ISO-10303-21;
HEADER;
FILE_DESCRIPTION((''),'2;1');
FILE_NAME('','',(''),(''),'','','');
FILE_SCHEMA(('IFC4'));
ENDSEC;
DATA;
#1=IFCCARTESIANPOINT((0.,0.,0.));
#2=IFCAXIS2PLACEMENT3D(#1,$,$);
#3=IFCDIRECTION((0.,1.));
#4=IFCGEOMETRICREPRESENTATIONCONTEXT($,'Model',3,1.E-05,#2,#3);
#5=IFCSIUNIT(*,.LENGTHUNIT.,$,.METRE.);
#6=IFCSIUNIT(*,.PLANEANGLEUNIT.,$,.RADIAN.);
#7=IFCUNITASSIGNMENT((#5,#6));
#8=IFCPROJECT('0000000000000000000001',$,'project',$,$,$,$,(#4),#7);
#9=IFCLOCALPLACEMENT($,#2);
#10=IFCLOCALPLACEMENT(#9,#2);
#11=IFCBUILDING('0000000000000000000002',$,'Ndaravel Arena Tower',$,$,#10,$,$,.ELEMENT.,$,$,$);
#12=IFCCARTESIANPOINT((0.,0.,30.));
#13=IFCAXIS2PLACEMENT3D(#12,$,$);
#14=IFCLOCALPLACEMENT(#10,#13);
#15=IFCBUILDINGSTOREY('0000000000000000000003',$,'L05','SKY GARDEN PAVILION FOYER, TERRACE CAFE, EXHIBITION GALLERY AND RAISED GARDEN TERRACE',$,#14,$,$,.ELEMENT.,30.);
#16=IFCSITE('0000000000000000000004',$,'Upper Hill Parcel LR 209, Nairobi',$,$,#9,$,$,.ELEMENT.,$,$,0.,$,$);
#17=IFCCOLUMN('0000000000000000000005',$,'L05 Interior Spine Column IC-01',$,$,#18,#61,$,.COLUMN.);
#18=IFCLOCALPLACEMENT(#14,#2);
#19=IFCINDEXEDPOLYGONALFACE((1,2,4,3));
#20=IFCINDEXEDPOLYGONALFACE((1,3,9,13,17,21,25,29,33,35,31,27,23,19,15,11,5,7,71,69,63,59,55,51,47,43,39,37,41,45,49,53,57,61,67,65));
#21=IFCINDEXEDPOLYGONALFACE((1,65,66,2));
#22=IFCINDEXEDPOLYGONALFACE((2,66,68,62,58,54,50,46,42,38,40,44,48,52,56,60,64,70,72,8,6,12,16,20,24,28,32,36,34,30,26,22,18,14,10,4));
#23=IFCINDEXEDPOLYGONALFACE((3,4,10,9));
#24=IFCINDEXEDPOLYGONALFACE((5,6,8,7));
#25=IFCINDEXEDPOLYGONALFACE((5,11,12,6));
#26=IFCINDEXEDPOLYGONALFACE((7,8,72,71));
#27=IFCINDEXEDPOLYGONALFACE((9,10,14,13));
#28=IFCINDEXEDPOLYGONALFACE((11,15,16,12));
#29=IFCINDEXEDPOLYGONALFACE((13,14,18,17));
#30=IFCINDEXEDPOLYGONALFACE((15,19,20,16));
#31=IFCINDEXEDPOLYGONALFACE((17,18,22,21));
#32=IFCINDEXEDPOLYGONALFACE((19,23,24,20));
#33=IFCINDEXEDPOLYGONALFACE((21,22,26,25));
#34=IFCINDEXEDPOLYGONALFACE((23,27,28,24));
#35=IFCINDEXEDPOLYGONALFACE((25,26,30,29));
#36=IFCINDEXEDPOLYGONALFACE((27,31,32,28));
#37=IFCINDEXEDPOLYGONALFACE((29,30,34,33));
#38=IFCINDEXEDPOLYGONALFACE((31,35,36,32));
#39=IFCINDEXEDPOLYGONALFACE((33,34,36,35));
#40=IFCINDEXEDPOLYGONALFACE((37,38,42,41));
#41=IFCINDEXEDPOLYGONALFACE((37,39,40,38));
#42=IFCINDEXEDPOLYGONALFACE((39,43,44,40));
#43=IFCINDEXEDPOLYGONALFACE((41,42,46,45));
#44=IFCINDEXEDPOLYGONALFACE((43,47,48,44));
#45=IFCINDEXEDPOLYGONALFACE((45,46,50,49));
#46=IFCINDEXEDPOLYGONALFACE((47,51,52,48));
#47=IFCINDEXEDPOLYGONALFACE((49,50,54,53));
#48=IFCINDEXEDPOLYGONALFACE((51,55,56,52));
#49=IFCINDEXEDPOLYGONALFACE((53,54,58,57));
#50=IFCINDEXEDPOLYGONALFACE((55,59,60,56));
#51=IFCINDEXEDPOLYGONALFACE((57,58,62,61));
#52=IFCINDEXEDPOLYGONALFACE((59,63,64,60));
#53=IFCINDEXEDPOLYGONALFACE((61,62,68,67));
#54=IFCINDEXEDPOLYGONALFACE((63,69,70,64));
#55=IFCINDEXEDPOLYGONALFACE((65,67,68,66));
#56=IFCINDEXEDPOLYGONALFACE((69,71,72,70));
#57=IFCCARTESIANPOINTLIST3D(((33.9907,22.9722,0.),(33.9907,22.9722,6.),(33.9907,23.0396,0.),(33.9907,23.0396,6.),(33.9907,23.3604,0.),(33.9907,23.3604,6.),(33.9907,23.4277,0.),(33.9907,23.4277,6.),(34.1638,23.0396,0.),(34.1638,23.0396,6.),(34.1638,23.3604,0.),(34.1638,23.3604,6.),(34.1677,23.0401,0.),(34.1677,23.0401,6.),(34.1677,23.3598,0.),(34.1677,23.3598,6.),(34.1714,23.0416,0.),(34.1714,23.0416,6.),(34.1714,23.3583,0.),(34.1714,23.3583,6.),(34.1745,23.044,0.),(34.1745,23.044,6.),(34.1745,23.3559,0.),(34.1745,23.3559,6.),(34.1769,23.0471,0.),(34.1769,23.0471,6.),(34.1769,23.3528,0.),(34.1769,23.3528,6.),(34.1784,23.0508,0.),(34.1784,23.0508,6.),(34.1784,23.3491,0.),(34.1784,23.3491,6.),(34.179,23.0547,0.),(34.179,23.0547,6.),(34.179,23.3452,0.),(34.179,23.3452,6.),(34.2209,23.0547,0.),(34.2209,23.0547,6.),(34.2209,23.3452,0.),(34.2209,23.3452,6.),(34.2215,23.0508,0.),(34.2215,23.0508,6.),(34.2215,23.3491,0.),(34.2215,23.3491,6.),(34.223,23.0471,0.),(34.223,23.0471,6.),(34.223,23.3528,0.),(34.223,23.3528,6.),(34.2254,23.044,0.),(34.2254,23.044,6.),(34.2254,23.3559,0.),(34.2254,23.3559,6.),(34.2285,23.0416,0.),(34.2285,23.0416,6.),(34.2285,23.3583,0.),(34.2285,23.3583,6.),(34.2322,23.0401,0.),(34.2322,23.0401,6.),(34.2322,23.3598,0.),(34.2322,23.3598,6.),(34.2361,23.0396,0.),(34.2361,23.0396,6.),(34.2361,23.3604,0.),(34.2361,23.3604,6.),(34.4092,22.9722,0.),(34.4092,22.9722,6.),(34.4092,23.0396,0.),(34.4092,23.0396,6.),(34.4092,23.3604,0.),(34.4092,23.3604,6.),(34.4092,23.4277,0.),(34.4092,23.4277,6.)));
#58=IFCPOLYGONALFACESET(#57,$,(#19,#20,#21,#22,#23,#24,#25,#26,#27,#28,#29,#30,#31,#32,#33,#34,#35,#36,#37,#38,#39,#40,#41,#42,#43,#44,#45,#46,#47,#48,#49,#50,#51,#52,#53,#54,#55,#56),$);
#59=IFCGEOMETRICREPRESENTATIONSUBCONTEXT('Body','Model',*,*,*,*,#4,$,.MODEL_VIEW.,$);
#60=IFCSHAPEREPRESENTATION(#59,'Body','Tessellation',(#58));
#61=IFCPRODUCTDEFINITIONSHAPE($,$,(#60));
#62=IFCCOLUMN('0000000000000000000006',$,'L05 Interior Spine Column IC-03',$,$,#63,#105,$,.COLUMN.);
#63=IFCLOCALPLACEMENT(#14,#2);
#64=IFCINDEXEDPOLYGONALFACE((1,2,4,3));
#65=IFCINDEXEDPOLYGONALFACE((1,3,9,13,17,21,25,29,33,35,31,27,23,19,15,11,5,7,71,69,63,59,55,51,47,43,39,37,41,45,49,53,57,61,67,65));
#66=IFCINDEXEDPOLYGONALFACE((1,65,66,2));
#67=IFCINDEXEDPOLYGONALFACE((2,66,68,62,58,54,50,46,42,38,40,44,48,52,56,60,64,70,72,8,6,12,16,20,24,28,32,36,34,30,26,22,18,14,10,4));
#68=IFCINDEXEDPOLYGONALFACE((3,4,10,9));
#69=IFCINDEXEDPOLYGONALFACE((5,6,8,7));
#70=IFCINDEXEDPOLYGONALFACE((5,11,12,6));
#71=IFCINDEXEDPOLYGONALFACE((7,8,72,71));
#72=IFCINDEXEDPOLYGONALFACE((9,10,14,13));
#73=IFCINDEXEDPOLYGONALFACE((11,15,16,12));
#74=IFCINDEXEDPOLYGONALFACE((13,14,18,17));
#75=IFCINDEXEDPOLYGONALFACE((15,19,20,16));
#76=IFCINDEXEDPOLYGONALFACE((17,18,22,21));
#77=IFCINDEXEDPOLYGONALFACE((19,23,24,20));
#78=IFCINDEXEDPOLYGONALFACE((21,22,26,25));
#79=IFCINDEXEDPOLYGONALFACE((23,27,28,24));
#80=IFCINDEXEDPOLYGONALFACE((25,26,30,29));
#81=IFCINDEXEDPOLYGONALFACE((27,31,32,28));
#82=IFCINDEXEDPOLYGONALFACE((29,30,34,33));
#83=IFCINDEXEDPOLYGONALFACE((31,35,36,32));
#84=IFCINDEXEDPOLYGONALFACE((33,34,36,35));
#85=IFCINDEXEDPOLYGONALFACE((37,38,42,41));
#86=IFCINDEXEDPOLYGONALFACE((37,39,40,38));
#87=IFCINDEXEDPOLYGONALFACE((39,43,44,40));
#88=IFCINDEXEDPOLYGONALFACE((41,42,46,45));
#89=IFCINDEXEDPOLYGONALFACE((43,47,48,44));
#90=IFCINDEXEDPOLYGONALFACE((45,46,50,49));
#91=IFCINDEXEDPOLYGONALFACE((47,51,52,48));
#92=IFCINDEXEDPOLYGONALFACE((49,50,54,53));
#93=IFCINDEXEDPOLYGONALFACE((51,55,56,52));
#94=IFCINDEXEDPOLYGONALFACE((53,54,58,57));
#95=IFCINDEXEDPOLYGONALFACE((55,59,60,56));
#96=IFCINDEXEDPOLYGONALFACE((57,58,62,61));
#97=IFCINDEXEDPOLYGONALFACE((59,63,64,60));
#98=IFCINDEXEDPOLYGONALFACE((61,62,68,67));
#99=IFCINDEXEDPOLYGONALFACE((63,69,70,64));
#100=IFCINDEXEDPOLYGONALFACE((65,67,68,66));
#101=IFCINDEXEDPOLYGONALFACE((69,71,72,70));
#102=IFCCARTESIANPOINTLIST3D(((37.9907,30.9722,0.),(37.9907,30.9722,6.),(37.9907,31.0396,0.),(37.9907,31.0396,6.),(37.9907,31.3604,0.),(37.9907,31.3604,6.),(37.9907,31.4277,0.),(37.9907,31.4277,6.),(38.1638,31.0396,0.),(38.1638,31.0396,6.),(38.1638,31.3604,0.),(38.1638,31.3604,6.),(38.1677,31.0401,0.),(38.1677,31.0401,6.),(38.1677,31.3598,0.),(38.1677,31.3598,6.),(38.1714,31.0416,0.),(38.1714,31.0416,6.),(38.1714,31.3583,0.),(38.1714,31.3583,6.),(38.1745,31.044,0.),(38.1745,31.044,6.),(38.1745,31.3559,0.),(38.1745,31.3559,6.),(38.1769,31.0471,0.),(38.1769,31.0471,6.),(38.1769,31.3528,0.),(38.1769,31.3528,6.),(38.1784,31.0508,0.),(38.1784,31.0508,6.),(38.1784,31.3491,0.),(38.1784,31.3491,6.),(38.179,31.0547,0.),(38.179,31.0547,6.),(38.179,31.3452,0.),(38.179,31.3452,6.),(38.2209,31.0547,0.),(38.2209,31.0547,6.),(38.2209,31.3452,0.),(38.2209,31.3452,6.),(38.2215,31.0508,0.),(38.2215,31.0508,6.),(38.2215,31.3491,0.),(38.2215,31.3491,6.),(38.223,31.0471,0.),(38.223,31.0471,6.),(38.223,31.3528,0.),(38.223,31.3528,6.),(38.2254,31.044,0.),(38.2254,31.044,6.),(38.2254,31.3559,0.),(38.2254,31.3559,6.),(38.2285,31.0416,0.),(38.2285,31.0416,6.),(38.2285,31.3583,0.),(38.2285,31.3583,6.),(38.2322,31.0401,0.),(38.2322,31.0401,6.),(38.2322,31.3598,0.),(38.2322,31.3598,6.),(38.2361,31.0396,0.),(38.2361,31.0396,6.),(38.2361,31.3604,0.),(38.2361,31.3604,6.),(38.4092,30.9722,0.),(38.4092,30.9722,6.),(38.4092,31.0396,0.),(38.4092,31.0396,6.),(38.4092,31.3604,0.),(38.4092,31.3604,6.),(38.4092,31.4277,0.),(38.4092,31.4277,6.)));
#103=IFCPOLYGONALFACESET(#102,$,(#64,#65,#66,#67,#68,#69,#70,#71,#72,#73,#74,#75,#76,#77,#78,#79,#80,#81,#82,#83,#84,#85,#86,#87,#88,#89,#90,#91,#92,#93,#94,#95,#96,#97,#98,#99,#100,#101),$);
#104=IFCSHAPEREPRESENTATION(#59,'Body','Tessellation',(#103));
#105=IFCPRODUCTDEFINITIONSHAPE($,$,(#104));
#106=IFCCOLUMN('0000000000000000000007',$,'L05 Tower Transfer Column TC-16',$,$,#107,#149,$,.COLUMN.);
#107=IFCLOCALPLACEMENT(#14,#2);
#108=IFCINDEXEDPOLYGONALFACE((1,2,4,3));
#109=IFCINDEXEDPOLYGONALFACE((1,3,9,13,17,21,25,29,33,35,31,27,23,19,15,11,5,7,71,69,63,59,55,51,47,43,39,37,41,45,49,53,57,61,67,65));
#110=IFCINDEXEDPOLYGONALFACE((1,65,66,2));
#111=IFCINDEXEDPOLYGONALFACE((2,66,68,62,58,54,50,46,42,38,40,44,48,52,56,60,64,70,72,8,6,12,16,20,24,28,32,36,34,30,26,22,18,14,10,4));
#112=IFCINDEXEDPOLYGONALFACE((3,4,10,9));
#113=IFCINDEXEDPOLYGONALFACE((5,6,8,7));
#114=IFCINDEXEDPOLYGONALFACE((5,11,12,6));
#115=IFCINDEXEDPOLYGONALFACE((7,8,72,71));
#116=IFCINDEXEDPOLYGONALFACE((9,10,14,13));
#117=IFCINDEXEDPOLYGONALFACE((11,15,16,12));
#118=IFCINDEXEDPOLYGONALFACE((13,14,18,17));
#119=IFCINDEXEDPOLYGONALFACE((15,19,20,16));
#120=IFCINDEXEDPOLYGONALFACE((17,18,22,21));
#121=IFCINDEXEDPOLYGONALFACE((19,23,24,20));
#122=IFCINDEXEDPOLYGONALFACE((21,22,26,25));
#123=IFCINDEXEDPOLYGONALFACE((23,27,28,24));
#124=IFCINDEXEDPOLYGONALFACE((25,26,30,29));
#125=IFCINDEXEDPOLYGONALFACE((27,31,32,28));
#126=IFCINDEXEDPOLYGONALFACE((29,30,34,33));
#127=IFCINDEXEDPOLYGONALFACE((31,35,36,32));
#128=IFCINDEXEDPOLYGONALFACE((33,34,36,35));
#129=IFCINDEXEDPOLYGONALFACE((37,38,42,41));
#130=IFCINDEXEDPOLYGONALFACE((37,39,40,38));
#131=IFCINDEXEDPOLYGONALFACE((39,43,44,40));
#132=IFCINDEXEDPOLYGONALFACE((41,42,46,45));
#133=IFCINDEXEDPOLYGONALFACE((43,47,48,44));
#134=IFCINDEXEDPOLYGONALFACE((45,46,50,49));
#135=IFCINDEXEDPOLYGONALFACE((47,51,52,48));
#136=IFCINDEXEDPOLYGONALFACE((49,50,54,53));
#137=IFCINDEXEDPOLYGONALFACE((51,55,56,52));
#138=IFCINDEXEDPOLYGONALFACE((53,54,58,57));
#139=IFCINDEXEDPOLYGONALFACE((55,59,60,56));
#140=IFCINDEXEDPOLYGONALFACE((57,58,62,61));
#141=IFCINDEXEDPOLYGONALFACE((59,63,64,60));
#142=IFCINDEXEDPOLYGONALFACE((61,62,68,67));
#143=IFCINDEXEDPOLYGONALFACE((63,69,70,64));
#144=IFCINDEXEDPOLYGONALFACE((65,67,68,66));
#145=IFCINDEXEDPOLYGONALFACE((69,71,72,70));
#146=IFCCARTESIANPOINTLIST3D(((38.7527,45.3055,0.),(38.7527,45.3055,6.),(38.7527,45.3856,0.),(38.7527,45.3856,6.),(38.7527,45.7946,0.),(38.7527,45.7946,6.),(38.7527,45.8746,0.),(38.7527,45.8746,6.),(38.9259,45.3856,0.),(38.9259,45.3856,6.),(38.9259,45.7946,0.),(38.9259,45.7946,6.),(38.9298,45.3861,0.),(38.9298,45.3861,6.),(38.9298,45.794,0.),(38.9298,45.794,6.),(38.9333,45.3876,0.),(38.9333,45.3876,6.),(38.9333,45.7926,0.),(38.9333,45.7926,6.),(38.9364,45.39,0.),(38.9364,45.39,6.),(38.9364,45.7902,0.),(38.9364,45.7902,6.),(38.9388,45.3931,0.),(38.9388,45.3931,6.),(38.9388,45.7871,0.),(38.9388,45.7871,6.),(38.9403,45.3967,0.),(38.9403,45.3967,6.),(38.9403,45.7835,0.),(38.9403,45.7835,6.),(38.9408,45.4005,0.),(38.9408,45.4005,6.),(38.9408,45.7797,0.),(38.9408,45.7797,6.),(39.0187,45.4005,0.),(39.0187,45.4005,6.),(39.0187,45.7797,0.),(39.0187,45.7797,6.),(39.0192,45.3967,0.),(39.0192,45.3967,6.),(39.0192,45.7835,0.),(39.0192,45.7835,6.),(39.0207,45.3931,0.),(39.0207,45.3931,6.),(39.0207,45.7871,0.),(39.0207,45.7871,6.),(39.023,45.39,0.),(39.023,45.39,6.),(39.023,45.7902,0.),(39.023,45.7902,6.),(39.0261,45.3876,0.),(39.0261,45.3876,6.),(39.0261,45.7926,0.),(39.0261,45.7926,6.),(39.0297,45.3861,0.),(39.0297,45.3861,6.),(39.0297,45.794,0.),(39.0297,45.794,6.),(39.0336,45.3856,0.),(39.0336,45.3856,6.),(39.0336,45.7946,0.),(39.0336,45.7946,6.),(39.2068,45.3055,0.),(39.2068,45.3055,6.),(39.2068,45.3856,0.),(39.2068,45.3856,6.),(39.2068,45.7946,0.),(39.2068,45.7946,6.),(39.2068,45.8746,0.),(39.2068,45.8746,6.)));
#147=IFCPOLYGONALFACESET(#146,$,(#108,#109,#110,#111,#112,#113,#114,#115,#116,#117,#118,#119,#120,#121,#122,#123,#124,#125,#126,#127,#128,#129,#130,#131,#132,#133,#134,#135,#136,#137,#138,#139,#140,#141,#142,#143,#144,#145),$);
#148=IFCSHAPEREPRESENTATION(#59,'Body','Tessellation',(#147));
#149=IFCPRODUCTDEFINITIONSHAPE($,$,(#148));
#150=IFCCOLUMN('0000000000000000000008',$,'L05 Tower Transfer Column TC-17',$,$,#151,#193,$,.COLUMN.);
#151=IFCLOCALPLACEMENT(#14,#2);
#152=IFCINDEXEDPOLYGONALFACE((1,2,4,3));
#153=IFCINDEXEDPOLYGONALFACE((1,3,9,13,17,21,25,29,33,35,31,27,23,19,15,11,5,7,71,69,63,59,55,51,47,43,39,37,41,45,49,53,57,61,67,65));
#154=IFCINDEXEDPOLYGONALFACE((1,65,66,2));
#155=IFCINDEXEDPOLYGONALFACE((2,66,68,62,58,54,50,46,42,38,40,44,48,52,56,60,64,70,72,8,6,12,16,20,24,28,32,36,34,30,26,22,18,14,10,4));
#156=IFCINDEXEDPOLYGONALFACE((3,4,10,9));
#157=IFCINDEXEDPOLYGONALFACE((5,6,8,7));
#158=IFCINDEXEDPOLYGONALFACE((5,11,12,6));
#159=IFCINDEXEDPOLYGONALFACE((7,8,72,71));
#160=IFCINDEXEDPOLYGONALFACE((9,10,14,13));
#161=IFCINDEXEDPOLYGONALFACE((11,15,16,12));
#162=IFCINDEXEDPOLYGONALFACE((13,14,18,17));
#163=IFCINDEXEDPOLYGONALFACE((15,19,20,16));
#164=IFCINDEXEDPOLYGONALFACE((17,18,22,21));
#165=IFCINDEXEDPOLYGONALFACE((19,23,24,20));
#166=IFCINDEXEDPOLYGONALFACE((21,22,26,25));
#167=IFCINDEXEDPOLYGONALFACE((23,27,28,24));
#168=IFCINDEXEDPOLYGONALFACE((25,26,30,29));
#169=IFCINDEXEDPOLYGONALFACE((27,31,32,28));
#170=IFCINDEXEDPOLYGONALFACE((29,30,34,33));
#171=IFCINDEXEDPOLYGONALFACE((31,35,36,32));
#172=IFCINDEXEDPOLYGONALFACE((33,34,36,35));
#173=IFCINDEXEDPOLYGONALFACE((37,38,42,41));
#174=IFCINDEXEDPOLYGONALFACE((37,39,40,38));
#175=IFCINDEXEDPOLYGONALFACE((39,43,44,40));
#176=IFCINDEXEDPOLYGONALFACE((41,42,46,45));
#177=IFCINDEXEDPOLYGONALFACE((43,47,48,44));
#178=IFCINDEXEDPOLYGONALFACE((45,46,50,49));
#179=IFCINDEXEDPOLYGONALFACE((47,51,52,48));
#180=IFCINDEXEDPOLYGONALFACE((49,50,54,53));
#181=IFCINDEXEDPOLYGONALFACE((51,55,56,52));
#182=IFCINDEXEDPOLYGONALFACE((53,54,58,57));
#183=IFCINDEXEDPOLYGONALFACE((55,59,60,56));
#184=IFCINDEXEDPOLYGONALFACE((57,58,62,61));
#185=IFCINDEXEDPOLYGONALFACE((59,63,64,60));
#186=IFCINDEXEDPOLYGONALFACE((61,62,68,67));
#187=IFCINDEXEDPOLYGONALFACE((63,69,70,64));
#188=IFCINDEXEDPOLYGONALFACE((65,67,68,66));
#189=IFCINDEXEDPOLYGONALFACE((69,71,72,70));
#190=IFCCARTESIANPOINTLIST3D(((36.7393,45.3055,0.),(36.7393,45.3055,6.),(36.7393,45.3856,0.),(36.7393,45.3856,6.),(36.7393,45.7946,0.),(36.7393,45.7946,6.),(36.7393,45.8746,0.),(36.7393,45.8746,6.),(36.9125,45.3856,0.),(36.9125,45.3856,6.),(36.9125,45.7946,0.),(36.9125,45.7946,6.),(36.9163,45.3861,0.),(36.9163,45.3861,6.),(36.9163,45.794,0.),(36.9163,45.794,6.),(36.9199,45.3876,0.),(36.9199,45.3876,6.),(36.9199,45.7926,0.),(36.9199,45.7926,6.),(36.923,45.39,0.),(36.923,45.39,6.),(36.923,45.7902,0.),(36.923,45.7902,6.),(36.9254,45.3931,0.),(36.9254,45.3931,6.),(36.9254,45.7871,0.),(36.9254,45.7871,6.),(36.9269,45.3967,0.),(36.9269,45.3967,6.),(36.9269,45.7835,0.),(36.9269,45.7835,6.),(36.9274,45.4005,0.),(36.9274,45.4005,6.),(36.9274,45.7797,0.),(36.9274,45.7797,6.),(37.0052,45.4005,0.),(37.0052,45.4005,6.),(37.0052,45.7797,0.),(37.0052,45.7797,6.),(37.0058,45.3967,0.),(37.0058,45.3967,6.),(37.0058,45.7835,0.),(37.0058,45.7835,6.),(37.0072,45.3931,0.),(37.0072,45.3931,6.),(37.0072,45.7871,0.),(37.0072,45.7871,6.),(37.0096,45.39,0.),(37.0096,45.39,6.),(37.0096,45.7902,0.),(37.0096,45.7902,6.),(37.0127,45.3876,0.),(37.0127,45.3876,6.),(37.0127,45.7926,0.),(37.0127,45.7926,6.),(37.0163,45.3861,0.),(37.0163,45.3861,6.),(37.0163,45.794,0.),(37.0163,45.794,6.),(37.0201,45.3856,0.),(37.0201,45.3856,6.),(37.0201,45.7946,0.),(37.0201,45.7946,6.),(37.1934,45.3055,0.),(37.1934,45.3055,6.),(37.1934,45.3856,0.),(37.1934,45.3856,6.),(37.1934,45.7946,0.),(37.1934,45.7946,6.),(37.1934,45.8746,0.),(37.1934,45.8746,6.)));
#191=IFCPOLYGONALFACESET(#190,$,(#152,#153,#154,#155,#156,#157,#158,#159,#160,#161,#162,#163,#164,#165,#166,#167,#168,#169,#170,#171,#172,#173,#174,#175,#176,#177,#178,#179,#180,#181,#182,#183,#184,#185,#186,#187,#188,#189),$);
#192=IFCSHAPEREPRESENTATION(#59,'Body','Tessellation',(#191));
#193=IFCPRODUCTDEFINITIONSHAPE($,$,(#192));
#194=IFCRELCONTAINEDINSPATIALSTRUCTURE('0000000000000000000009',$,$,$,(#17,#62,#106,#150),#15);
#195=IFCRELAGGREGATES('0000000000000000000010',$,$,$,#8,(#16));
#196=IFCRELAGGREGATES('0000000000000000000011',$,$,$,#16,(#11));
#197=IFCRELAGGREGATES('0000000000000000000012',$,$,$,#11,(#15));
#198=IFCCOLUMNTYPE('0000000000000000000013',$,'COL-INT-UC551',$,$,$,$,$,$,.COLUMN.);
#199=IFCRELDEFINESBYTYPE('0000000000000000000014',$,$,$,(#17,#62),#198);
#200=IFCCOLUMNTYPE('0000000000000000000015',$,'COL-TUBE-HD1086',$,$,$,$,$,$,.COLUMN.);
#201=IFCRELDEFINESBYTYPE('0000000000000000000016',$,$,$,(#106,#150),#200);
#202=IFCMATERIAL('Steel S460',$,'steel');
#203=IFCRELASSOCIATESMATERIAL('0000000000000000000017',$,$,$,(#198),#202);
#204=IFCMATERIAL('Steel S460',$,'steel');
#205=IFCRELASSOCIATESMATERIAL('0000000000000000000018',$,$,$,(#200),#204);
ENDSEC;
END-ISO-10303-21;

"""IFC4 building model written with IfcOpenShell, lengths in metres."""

from ifc_helpers import new_model, si_unit, direction, frame, origin, origin_2d, place, context, subcontext, project, spatial, i_section, extrude, material, material_profile, profile_set, type_object, element, save


model = new_model("IFC4")

# Units and contexts
model_context = context("Model", 3, precision=1e-05, world=origin(), true_north=direction((0.0, 1.0)))
body_context = subcontext(model_context, "Body", "Model", "MODEL_VIEW")
ifc_project = project(units=[si_unit("LENGTHUNIT", "METRE"), si_unit("PLANEANGLEUNIT", "RADIAN")], contexts=[model_context])

# Site, building, storey
site_placement = place(None, origin())
site = spatial("IfcSite", under=ifc_project, at=site_placement, Name="Upper Hill Parcel LR 209, Nairobi", CompositionType="ELEMENT", RefElevation=0.0)
building_placement = place(site_placement, origin())
building = spatial("IfcBuilding", under=site, at=building_placement, Name="Ndaravel Arena Tower", CompositionType="ELEMENT")
storey_placement = place(building_placement, frame((0.0, 0.0, 30.0)))
storey = spatial("IfcBuildingStorey", under=building, at=storey_placement, Name="L05", Description="SKY GARDEN PAVILION FOYER, TERRACE CAFE, EXHIBITION GALLERY AND RAISED GARDEN TERRACE", CompositionType="ELEMENT", Elevation=30.0)

# Columns
ifc_material_1 = material(Name="Steel S460", Category="steel")
ifc_material_profile_1 = material_profile(ifc_material_1, i_section(OverallWidth=0.4185, OverallDepth=0.4556, WebThickness=0.042, FlangeThickness=0.0674, FilletRadius=0.0151, at=origin_2d()), Name="UC 356x406x551")
ifc_profile_set_1 = profile_set([ifc_material_profile_1], Name="Steel S460")
column_type_1 = type_object("IfcColumnType", Name="COL-INT-UC551", PredefinedType="COLUMN", material=ifc_profile_set_1)
for number, where, z_axis, x_axis, name in (
    (1, (34.2, 23.2, 0.0), (0.0, 0.0, 1.0), (1.0, 0.0, 0.0), "L05 Interior Spine Column IC-01"),
    (2, (38.2, 31.2, 0.0), (0.0, 0.0, 1.0), (1.0, 0.0, 0.0), "L05 Interior Spine Column IC-03"),
):
    element("IfcColumn", number, at=place(storey_placement, frame(where, z_axis=z_axis, x_axis=x_axis)), inside=storey, type_object=column_type_1, Name=name, PredefinedType="COLUMN", context=body_context, shape_type="SweptSolid", body=[
        extrude(i_section(OverallWidth=0.4185, OverallDepth=0.4556, WebThickness=0.042, FlangeThickness=0.0674, FilletRadius=0.0151, at=origin_2d()), origin(), (0.0, 0.0, 1.0), 6.0),
    ])
ifc_material_2 = material(Name="Steel S460", Category="steel")
ifc_material_profile_2 = material_profile(ifc_material_2, i_section(OverallWidth=0.4541, OverallDepth=0.5691, WebThickness=0.0779, FlangeThickness=0.0801, FilletRadius=0.0149, at=origin_2d()), Name="HD 400x1086")
ifc_profile_set_2 = profile_set([ifc_material_profile_2], Name="Steel S460")
column_type_2 = type_object("IfcColumnType", Name="COL-TUBE-HD1086", PredefinedType="COLUMN", material=ifc_profile_set_2)
for number, where, z_axis, x_axis, name in (
    (3, (38.9797, 45.5901, 0.0), (0.0, 0.0, 1.0), (1.0, 0.0, 0.0), "L05 Tower Transfer Column TC-16"),
    (4, (36.9663, 45.5901, 0.0), (0.0, 0.0, 1.0), (1.0, 0.0, 0.0), "L05 Tower Transfer Column TC-17"),
):
    element("IfcColumn", number, at=place(storey_placement, frame(where, z_axis=z_axis, x_axis=x_axis)), inside=storey, type_object=column_type_2, Name=name, PredefinedType="COLUMN", context=body_context, shape_type="SweptSolid", body=[
        extrude(i_section(OverallWidth=0.4541, OverallDepth=0.5691, WebThickness=0.0779, FlangeThickness=0.0801, FilletRadius=0.0149, at=origin_2d()), origin(), (0.0, 0.0, 1.0), 6.0),
    ])

save(model, "model.ifc")
